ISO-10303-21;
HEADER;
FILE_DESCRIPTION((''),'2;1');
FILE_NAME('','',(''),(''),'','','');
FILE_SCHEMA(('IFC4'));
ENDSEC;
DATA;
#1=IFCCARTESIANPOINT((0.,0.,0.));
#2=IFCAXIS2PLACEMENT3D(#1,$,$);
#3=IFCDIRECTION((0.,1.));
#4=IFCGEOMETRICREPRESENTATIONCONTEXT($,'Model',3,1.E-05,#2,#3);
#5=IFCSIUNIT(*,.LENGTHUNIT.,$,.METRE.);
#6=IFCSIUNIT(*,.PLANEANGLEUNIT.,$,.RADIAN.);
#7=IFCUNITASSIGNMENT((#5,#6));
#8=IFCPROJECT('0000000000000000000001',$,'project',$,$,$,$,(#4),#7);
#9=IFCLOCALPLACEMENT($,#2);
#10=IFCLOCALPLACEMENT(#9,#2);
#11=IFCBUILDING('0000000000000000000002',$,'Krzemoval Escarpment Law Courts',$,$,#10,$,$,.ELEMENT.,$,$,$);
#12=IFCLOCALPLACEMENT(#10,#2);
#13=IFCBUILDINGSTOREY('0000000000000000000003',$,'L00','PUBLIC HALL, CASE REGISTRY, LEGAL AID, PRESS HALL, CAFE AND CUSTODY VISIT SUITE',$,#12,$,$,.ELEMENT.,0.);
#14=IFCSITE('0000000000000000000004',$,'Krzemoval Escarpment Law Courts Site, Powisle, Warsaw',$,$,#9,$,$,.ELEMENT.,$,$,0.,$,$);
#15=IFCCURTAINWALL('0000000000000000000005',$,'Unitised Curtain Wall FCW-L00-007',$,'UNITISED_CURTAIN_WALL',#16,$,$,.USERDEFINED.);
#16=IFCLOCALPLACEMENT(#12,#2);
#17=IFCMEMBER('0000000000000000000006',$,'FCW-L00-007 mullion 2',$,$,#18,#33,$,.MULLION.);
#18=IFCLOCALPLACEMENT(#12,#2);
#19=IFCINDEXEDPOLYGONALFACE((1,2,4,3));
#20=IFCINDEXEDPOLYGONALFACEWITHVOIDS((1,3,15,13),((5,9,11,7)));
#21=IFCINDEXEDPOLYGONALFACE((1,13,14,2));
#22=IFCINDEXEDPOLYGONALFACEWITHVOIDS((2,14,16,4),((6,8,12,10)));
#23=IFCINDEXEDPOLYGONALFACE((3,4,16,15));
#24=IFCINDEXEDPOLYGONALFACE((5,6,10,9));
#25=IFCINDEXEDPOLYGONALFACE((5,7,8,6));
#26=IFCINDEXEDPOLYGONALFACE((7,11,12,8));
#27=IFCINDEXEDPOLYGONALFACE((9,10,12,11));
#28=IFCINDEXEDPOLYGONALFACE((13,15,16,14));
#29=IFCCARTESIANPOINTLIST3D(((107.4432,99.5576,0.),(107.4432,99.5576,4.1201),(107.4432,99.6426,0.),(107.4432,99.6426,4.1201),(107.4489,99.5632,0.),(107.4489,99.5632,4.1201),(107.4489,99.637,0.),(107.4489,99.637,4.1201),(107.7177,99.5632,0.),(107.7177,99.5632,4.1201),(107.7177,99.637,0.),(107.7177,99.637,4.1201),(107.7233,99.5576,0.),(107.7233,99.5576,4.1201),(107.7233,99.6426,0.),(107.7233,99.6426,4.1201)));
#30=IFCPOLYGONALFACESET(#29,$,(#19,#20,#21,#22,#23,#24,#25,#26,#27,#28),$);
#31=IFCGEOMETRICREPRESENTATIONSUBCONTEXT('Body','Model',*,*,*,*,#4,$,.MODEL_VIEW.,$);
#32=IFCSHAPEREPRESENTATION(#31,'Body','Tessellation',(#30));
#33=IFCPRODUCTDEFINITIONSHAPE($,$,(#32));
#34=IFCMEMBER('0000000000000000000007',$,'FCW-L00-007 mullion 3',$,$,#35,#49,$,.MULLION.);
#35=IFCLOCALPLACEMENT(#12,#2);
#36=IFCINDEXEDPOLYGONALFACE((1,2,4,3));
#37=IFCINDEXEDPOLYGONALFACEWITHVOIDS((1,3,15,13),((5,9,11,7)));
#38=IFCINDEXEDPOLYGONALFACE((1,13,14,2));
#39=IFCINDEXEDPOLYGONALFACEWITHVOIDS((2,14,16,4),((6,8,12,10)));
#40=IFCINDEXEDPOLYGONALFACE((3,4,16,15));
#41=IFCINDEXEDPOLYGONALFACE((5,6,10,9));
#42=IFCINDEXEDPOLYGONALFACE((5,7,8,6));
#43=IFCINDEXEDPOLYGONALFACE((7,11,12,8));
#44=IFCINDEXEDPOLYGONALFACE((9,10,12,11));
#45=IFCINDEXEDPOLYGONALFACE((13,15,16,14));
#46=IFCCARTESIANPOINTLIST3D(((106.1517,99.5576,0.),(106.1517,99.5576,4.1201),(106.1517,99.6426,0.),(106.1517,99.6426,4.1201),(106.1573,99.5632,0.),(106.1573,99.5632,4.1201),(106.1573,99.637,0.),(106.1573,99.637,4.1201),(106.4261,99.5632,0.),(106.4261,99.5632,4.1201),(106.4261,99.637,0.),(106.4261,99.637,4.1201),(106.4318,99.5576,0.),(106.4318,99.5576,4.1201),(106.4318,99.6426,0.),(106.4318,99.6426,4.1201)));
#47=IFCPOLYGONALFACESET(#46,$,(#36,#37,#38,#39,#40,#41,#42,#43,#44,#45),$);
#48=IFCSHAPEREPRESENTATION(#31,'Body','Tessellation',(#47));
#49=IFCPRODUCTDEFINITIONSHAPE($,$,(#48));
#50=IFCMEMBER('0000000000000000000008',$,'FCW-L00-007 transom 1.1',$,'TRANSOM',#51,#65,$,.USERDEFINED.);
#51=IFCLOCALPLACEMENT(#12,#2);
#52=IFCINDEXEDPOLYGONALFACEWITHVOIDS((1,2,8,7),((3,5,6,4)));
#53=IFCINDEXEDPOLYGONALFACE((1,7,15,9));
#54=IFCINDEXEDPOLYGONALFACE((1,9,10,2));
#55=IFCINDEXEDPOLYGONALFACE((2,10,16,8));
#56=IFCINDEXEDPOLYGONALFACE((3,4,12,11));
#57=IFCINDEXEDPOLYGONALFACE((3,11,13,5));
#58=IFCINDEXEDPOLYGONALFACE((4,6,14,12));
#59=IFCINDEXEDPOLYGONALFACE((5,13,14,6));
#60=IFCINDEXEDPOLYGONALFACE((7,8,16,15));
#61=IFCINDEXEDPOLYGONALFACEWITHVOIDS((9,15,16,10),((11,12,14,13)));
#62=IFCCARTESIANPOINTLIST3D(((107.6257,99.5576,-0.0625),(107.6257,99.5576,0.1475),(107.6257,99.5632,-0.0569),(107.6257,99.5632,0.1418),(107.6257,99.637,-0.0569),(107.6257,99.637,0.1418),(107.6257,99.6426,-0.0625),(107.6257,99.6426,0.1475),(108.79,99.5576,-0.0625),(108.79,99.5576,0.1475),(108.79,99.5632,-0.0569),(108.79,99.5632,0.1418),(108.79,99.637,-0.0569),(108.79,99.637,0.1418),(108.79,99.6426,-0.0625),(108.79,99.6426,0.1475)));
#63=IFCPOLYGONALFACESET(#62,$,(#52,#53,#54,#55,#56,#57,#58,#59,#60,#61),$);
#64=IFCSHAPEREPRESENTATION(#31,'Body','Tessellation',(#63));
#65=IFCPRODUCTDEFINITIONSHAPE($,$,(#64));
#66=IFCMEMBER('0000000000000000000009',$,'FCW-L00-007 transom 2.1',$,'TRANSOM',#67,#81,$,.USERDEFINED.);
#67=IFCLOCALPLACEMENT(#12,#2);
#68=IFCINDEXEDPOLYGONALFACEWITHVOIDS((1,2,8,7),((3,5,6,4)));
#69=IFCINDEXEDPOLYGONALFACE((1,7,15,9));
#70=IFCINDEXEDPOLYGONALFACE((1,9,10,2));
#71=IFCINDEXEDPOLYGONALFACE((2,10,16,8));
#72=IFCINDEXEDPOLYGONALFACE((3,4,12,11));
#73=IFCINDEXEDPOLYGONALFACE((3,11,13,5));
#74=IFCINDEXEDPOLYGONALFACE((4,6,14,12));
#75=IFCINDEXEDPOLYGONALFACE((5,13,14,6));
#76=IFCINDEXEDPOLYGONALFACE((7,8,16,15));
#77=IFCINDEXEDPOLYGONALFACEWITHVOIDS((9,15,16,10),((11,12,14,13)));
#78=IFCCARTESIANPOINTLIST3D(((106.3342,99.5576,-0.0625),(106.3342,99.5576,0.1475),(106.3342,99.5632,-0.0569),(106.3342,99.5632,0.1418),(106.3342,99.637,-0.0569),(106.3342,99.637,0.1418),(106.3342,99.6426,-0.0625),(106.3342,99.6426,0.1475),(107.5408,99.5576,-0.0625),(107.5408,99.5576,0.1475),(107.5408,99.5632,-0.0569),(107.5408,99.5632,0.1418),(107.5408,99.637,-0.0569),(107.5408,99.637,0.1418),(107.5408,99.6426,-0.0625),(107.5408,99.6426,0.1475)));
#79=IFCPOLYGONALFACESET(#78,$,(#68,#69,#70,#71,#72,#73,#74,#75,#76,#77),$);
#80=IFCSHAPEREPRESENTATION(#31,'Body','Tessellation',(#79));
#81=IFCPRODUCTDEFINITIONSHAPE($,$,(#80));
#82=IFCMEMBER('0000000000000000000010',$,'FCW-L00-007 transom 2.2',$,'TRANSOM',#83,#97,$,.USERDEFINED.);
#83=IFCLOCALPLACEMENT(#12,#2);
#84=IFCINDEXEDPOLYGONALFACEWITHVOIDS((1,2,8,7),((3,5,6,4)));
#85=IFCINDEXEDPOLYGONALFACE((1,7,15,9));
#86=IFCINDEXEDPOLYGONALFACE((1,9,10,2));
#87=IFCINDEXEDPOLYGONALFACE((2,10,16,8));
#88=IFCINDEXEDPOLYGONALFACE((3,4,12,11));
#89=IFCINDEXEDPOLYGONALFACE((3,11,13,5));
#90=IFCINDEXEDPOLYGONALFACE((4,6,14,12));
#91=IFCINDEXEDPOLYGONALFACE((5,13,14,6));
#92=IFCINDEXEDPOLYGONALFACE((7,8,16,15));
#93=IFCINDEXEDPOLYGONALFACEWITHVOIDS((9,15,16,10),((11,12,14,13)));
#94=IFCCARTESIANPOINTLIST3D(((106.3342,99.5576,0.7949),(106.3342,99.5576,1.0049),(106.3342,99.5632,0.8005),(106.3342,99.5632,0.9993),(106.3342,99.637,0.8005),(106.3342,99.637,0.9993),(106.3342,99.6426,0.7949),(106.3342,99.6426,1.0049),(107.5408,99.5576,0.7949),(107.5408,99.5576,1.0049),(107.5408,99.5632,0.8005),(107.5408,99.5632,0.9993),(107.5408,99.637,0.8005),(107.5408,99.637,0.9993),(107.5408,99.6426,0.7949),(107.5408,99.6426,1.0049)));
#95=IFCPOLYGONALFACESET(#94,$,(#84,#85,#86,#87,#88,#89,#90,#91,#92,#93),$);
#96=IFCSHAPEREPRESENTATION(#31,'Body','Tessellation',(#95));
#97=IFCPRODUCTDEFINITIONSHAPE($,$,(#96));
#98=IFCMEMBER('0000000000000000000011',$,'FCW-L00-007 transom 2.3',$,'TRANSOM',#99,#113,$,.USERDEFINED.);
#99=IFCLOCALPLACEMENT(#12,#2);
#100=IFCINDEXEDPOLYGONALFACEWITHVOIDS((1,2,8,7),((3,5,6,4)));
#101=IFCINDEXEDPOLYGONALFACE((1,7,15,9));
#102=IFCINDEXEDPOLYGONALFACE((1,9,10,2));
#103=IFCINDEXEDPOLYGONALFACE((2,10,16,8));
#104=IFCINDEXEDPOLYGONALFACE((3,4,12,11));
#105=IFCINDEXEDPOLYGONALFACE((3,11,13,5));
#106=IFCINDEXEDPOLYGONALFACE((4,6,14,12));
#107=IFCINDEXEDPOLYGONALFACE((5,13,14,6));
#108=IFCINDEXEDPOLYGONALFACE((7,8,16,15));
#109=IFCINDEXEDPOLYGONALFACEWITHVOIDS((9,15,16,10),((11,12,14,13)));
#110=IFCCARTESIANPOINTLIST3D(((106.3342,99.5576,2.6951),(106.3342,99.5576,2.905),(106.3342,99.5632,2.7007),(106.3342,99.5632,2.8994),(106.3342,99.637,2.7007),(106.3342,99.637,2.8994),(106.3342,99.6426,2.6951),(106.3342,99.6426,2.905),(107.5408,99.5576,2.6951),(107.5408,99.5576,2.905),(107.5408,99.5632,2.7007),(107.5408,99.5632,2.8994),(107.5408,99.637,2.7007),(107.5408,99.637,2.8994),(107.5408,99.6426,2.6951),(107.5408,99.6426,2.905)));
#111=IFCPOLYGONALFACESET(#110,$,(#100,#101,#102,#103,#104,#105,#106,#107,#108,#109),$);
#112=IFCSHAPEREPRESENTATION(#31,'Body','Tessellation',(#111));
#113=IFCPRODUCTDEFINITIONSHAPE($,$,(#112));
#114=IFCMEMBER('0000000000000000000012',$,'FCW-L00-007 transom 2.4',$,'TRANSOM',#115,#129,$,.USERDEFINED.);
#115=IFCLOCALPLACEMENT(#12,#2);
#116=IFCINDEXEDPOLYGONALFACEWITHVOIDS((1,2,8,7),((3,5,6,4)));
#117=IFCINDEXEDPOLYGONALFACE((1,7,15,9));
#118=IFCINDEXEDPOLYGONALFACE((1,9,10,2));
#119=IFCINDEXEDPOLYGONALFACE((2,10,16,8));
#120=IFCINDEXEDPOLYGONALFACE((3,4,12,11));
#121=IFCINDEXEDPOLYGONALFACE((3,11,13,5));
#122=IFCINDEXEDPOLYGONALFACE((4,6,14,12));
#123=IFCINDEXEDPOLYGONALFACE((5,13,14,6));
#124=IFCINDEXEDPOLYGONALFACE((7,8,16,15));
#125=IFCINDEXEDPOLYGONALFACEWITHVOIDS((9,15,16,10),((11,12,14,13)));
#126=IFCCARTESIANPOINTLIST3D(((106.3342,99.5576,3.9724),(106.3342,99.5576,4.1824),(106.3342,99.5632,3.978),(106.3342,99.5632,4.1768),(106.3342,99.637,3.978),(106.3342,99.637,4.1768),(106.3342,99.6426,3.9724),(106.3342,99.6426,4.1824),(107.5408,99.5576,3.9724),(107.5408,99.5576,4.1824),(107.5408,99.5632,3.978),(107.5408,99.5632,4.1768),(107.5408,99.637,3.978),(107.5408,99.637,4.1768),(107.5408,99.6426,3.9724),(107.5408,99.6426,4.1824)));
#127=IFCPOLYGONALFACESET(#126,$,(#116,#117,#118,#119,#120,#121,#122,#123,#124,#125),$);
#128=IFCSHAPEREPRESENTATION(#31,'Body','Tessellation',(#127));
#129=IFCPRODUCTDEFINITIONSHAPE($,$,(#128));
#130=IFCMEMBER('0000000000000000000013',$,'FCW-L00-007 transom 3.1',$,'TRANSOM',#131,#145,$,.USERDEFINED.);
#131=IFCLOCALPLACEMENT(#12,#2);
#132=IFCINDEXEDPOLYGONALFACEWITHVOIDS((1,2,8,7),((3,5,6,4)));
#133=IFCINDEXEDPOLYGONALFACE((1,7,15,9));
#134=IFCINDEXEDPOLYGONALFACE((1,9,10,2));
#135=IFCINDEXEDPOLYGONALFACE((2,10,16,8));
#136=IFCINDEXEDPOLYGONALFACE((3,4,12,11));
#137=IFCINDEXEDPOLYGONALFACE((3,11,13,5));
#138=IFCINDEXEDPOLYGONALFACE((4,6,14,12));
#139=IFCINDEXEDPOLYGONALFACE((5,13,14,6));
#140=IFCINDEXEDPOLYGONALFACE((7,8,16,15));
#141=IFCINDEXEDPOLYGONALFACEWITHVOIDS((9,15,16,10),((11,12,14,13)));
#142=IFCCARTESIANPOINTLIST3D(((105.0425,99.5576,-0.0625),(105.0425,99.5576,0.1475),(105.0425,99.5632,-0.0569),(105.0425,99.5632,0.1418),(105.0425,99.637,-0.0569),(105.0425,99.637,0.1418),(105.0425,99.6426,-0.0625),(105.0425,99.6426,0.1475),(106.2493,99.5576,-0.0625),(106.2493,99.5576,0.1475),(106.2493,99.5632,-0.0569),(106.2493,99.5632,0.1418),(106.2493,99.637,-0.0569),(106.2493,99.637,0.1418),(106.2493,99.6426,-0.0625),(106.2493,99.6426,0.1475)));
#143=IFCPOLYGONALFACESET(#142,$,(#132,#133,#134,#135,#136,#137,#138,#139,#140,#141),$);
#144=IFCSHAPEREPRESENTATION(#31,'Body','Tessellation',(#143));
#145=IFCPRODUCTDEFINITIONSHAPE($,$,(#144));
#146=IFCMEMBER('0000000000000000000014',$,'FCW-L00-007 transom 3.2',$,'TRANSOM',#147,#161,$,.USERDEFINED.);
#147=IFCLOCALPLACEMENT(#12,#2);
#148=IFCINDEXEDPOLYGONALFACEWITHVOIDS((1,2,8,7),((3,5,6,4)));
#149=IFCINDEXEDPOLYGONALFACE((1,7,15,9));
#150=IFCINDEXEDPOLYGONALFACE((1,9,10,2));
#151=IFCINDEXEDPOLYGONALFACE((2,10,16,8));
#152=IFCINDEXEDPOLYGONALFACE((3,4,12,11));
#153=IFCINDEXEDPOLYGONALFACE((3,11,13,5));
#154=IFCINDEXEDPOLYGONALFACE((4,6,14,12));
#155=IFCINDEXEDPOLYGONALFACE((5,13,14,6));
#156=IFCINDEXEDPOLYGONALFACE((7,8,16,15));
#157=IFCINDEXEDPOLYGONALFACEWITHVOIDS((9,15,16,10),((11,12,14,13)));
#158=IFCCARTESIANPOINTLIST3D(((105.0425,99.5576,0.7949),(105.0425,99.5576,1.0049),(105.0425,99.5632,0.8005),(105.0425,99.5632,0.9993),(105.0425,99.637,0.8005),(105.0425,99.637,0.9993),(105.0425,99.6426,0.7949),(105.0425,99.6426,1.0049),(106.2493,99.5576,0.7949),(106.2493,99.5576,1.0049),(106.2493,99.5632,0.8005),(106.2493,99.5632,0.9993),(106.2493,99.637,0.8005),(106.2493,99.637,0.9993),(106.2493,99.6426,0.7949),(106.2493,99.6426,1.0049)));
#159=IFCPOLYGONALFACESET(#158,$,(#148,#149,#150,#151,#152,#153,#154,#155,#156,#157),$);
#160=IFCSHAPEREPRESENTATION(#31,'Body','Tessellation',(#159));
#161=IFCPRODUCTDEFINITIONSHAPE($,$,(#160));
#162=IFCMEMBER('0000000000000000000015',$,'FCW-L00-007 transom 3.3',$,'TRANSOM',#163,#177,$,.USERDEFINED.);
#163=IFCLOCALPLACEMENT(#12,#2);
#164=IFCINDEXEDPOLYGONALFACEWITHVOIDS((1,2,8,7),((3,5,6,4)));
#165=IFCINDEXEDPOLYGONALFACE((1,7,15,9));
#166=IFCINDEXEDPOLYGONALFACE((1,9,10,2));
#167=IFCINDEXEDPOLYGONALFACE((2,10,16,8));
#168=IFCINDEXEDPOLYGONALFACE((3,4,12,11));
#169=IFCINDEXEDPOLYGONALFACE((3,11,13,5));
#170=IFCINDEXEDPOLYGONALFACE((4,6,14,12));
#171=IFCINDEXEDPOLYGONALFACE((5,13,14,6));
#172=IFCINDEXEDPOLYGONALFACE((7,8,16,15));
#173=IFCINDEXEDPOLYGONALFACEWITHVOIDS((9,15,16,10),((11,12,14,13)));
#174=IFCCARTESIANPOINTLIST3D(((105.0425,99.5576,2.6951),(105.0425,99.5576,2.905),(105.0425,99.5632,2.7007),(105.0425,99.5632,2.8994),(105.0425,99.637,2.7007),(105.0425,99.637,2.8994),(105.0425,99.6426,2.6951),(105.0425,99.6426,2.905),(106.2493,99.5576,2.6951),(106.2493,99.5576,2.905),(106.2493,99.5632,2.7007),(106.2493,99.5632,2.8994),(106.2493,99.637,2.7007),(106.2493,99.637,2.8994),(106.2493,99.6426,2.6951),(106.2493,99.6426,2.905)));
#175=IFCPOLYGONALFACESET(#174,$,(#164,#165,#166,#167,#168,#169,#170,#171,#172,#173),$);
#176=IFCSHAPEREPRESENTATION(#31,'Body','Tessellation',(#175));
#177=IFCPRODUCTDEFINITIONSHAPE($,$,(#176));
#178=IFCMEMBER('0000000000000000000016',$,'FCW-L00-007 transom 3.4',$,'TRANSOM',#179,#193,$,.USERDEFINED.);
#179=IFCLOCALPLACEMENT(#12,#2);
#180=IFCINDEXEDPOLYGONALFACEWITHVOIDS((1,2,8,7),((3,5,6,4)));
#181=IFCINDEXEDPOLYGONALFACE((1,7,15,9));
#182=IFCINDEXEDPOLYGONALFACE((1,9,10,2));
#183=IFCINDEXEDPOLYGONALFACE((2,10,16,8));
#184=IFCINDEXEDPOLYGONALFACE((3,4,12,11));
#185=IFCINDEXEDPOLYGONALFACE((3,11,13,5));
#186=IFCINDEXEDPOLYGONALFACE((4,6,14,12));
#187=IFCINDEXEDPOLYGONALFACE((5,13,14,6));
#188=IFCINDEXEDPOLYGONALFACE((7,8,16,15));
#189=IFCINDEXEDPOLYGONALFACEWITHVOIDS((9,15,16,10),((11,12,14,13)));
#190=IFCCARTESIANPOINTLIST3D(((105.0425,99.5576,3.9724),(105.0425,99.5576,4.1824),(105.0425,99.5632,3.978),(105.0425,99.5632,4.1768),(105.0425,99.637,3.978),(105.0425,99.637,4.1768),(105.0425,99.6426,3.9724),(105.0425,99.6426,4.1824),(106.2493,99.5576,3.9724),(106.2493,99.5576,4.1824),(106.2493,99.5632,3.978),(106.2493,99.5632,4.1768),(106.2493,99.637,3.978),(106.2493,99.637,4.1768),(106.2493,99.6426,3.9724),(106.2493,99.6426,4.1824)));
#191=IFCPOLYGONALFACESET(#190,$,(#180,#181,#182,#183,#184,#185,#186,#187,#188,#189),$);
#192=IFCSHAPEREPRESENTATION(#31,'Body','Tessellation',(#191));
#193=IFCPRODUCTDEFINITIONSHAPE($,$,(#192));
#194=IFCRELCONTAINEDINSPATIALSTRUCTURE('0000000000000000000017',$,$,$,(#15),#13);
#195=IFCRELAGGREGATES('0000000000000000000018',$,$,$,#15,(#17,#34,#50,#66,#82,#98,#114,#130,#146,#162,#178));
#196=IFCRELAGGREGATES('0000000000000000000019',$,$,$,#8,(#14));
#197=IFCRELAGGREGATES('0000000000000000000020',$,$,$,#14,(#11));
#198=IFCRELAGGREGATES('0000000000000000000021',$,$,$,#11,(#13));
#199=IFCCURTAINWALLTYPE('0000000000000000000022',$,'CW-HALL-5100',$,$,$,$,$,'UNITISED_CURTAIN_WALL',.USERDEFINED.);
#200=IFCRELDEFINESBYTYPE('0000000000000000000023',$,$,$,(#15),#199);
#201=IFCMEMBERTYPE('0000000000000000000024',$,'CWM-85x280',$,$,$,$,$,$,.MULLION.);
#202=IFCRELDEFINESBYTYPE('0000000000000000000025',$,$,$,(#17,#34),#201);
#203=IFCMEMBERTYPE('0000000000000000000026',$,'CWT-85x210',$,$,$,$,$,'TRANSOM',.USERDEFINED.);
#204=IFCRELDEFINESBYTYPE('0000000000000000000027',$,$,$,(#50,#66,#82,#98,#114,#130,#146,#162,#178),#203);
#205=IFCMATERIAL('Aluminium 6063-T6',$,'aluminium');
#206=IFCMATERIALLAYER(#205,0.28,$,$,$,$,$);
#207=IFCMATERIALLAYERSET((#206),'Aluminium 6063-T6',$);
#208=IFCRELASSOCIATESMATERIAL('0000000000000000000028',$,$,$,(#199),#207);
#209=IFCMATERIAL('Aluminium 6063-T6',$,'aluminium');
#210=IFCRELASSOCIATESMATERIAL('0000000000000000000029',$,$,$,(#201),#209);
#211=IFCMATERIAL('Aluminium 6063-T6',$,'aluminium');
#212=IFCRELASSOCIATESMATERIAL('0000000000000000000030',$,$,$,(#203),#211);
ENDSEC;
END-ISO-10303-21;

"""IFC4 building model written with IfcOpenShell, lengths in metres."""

from ifc_helpers import new_model, si_unit, direction, frame, origin, origin_2d, place, context, subcontext, project, spatial, hollow_rectangle, extrude, material, layer, layer_set, material_profile, profile_set, type_object, element, aggregate, save


model = new_model("IFC4")

# Units and contexts
model_context = context("Model", 3, precision=1e-05, world=origin(), true_north=direction((0.0, 1.0)))
body_context = subcontext(model_context, "Body", "Model", "MODEL_VIEW")
ifc_project = project(units=[si_unit("LENGTHUNIT", "METRE"), si_unit("PLANEANGLEUNIT", "RADIAN")], contexts=[model_context])

# Site, building, storey
site_placement = place(None, origin())
site = spatial("IfcSite", under=ifc_project, at=site_placement, Name="Krzemoval Escarpment Law Courts Site, Powisle, Warsaw", CompositionType="ELEMENT", RefElevation=0.0)
building_placement = place(site_placement, origin())
building = spatial("IfcBuilding", under=site, at=building_placement, Name="Krzemoval Escarpment Law Courts", CompositionType="ELEMENT")
storey_placement = place(building_placement, origin())
storey = spatial("IfcBuildingStorey", under=building, at=storey_placement, Name="L00", Description="PUBLIC HALL, CASE REGISTRY, LEGAL AID, PRESS HALL, CAFE AND CUSTODY VISIT SUITE", CompositionType="ELEMENT", Elevation=0.0)

# Curtain wall, members
ifc_material_1 = material(Name="Aluminium 6063-T6", Category="aluminium")
ifc_layer_1 = layer(ifc_material_1, 0.28)
ifc_layer_set_1 = layer_set([ifc_layer_1], Name="Aluminium 6063-T6")
curtain_wall_type = type_object("IfcCurtainWallType", Name="CW-HALL-5100", ElementType="UNITISED_CURTAIN_WALL", PredefinedType="USERDEFINED", material=ifc_layer_set_1)
curtain_wall_placement = place(storey_placement, origin())
curtain_wall = element("IfcCurtainWall", 1, at=curtain_wall_placement, inside=storey, type_object=curtain_wall_type, Name="Unitised Curtain Wall FCW-L00-007", ObjectType="UNITISED_CURTAIN_WALL", PredefinedType="USERDEFINED")
ifc_material_2 = material(Name="Aluminium 6063-T6", Category="aluminium")
ifc_material_profile_1 = material_profile(ifc_material_2, hollow_rectangle(XDim=0.085, YDim=0.28, WallThickness=0.0056, at=origin_2d()), Name="ALU M85x280")
ifc_profile_set_1 = profile_set([ifc_material_profile_1], Name="Aluminium 6063-T6")
member_type_1 = type_object("IfcMemberType", Name="CWM-85x280", PredefinedType="MULLION", material=ifc_profile_set_1)
member_1_placement = place(storey_placement, frame((107.5833, 99.6001, 0.0), z_axis=(0.0, 0.0, 1.0), x_axis=(0.0, -1.0, 0.0)))
member_1 = element("IfcMember", 2, at=member_1_placement, type_object=member_type_1, Name="FCW-L00-007 mullion 2", PredefinedType="MULLION", context=body_context, shape_type="SweptSolid", body=[
    extrude(hollow_rectangle(XDim=0.085, YDim=0.28, WallThickness=0.0056, at=origin_2d()), origin(), (0.0, 0.0, 1.0), 4.1201),
])
member_2_placement = place(storey_placement, frame((106.2917, 99.6001, 0.0), z_axis=(0.0, 0.0, 1.0), x_axis=(0.0, -1.0, 0.0)))
member_2 = element("IfcMember", 3, at=member_2_placement, type_object=member_type_1, Name="FCW-L00-007 mullion 3", PredefinedType="MULLION", context=body_context, shape_type="SweptSolid", body=[
    extrude(hollow_rectangle(XDim=0.085, YDim=0.28, WallThickness=0.0056, at=origin_2d()), origin(), (0.0, 0.0, 1.0), 4.1201),
])
ifc_material_3 = material(Name="Aluminium 6063-T6", Category="aluminium")
ifc_material_profile_2 = material_profile(ifc_material_3, hollow_rectangle(XDim=0.085, YDim=0.21, WallThickness=0.0056, at=origin_2d()), Name="ALU T85x210")
ifc_profile_set_2 = profile_set([ifc_material_profile_2], Name="Aluminium 6063-T6")
member_type_2 = type_object("IfcMemberType", Name="CWT-85x210", ElementType="TRANSOM", PredefinedType="USERDEFINED", material=ifc_profile_set_2)
member_3_placement = place(storey_placement, frame((108.79, 99.6001, 0.0425), z_axis=(-1.0, 0.0, 0.0), x_axis=(0.0, -1.0, 0.0)))
member_3 = element("IfcMember", 4, at=member_3_placement, type_object=member_type_2, Name="FCW-L00-007 transom 1.1", ObjectType="TRANSOM", PredefinedType="USERDEFINED", context=body_context, shape_type="SweptSolid", body=[
    extrude(hollow_rectangle(XDim=0.085, YDim=0.21, WallThickness=0.0056, at=origin_2d()), origin(), (0.0, 0.0, 1.0), 1.1643),
])
member_4_placement = place(storey_placement, frame((107.5408, 99.6001, 0.0425), z_axis=(-1.0, 0.0, 0.0), x_axis=(0.0, -1.0, 0.0)))
member_4 = element("IfcMember", 5, at=member_4_placement, type_object=member_type_2, Name="FCW-L00-007 transom 2.1", ObjectType="TRANSOM", PredefinedType="USERDEFINED", context=body_context, shape_type="SweptSolid", body=[
    extrude(hollow_rectangle(XDim=0.085, YDim=0.21, WallThickness=0.0056, at=origin_2d()), origin(), (0.0, 0.0, 1.0), 1.2065),
])
member_5_placement = place(storey_placement, frame((107.5408, 99.6001, 0.8999), z_axis=(-1.0, 0.0, 0.0), x_axis=(0.0, -1.0, 0.0)))
member_5 = element("IfcMember", 6, at=member_5_placement, type_object=member_type_2, Name="FCW-L00-007 transom 2.2", ObjectType="TRANSOM", PredefinedType="USERDEFINED", context=body_context, shape_type="SweptSolid", body=[
    extrude(hollow_rectangle(XDim=0.085, YDim=0.21, WallThickness=0.0056, at=origin_2d()), origin(), (0.0, 0.0, 1.0), 1.2065),
])
member_6_placement = place(storey_placement, frame((107.5408, 99.6001, 2.8), z_axis=(-1.0, 0.0, 0.0), x_axis=(0.0, -1.0, 0.0)))
member_6 = element("IfcMember", 7, at=member_6_placement, type_object=member_type_2, Name="FCW-L00-007 transom 2.3", ObjectType="TRANSOM", PredefinedType="USERDEFINED", context=body_context, shape_type="SweptSolid", body=[
    extrude(hollow_rectangle(XDim=0.085, YDim=0.21, WallThickness=0.0056, at=origin_2d()), origin(), (0.0, 0.0, 1.0), 1.2065),
])
member_7_placement = place(storey_placement, frame((107.5408, 99.6001, 4.0774), z_axis=(-1.0, 0.0, 0.0), x_axis=(0.0, -1.0, 0.0)))
member_7 = element("IfcMember", 8, at=member_7_placement, type_object=member_type_2, Name="FCW-L00-007 transom 2.4", ObjectType="TRANSOM", PredefinedType="USERDEFINED", context=body_context, shape_type="SweptSolid", body=[
    extrude(hollow_rectangle(XDim=0.085, YDim=0.21, WallThickness=0.0056, at=origin_2d()), origin(), (0.0, 0.0, 1.0), 1.2065),
])
member_8_placement = place(storey_placement, frame((106.2493, 99.6001, 0.0425), z_axis=(-1.0, 0.0, 0.0), x_axis=(0.0, -1.0, 0.0)))
member_8 = element("IfcMember", 9, at=member_8_placement, type_object=member_type_2, Name="FCW-L00-007 transom 3.1", ObjectType="TRANSOM", PredefinedType="USERDEFINED", context=body_context, shape_type="SweptSolid", body=[
    extrude(hollow_rectangle(XDim=0.085, YDim=0.21, WallThickness=0.0056, at=origin_2d()), origin(), (0.0, 0.0, 1.0), 1.2068),
])
member_9_placement = place(storey_placement, frame((106.2493, 99.6001, 0.8999), z_axis=(-1.0, 0.0, 0.0), x_axis=(0.0, -1.0, 0.0)))
member_9 = element("IfcMember", 10, at=member_9_placement, type_object=member_type_2, Name="FCW-L00-007 transom 3.2", ObjectType="TRANSOM", PredefinedType="USERDEFINED", context=body_context, shape_type="SweptSolid", body=[
    extrude(hollow_rectangle(XDim=0.085, YDim=0.21, WallThickness=0.0056, at=origin_2d()), origin(), (0.0, 0.0, 1.0), 1.2068),
])
member_10_placement = place(storey_placement, frame((106.2493, 99.6001, 2.8), z_axis=(-1.0, 0.0, 0.0), x_axis=(0.0, -1.0, 0.0)))
member_10 = element("IfcMember", 11, at=member_10_placement, type_object=member_type_2, Name="FCW-L00-007 transom 3.3", ObjectType="TRANSOM", PredefinedType="USERDEFINED", context=body_context, shape_type="SweptSolid", body=[
    extrude(hollow_rectangle(XDim=0.085, YDim=0.21, WallThickness=0.0056, at=origin_2d()), origin(), (0.0, 0.0, 1.0), 1.2068),
])
member_11_placement = place(storey_placement, frame((106.2493, 99.6001, 4.0774), z_axis=(-1.0, 0.0, 0.0), x_axis=(0.0, -1.0, 0.0)))
member_11 = element("IfcMember", 12, at=member_11_placement, type_object=member_type_2, Name="FCW-L00-007 transom 3.4", ObjectType="TRANSOM", PredefinedType="USERDEFINED", context=body_context, shape_type="SweptSolid", body=[
    extrude(hollow_rectangle(XDim=0.085, YDim=0.21, WallThickness=0.0056, at=origin_2d()), origin(), (0.0, 0.0, 1.0), 1.2068),
])
aggregate(curtain_wall, [member_1, member_2, member_3, member_4, member_5, member_6, member_7, member_8, member_9, member_10, member_11])

save(model, "model.ifc")
